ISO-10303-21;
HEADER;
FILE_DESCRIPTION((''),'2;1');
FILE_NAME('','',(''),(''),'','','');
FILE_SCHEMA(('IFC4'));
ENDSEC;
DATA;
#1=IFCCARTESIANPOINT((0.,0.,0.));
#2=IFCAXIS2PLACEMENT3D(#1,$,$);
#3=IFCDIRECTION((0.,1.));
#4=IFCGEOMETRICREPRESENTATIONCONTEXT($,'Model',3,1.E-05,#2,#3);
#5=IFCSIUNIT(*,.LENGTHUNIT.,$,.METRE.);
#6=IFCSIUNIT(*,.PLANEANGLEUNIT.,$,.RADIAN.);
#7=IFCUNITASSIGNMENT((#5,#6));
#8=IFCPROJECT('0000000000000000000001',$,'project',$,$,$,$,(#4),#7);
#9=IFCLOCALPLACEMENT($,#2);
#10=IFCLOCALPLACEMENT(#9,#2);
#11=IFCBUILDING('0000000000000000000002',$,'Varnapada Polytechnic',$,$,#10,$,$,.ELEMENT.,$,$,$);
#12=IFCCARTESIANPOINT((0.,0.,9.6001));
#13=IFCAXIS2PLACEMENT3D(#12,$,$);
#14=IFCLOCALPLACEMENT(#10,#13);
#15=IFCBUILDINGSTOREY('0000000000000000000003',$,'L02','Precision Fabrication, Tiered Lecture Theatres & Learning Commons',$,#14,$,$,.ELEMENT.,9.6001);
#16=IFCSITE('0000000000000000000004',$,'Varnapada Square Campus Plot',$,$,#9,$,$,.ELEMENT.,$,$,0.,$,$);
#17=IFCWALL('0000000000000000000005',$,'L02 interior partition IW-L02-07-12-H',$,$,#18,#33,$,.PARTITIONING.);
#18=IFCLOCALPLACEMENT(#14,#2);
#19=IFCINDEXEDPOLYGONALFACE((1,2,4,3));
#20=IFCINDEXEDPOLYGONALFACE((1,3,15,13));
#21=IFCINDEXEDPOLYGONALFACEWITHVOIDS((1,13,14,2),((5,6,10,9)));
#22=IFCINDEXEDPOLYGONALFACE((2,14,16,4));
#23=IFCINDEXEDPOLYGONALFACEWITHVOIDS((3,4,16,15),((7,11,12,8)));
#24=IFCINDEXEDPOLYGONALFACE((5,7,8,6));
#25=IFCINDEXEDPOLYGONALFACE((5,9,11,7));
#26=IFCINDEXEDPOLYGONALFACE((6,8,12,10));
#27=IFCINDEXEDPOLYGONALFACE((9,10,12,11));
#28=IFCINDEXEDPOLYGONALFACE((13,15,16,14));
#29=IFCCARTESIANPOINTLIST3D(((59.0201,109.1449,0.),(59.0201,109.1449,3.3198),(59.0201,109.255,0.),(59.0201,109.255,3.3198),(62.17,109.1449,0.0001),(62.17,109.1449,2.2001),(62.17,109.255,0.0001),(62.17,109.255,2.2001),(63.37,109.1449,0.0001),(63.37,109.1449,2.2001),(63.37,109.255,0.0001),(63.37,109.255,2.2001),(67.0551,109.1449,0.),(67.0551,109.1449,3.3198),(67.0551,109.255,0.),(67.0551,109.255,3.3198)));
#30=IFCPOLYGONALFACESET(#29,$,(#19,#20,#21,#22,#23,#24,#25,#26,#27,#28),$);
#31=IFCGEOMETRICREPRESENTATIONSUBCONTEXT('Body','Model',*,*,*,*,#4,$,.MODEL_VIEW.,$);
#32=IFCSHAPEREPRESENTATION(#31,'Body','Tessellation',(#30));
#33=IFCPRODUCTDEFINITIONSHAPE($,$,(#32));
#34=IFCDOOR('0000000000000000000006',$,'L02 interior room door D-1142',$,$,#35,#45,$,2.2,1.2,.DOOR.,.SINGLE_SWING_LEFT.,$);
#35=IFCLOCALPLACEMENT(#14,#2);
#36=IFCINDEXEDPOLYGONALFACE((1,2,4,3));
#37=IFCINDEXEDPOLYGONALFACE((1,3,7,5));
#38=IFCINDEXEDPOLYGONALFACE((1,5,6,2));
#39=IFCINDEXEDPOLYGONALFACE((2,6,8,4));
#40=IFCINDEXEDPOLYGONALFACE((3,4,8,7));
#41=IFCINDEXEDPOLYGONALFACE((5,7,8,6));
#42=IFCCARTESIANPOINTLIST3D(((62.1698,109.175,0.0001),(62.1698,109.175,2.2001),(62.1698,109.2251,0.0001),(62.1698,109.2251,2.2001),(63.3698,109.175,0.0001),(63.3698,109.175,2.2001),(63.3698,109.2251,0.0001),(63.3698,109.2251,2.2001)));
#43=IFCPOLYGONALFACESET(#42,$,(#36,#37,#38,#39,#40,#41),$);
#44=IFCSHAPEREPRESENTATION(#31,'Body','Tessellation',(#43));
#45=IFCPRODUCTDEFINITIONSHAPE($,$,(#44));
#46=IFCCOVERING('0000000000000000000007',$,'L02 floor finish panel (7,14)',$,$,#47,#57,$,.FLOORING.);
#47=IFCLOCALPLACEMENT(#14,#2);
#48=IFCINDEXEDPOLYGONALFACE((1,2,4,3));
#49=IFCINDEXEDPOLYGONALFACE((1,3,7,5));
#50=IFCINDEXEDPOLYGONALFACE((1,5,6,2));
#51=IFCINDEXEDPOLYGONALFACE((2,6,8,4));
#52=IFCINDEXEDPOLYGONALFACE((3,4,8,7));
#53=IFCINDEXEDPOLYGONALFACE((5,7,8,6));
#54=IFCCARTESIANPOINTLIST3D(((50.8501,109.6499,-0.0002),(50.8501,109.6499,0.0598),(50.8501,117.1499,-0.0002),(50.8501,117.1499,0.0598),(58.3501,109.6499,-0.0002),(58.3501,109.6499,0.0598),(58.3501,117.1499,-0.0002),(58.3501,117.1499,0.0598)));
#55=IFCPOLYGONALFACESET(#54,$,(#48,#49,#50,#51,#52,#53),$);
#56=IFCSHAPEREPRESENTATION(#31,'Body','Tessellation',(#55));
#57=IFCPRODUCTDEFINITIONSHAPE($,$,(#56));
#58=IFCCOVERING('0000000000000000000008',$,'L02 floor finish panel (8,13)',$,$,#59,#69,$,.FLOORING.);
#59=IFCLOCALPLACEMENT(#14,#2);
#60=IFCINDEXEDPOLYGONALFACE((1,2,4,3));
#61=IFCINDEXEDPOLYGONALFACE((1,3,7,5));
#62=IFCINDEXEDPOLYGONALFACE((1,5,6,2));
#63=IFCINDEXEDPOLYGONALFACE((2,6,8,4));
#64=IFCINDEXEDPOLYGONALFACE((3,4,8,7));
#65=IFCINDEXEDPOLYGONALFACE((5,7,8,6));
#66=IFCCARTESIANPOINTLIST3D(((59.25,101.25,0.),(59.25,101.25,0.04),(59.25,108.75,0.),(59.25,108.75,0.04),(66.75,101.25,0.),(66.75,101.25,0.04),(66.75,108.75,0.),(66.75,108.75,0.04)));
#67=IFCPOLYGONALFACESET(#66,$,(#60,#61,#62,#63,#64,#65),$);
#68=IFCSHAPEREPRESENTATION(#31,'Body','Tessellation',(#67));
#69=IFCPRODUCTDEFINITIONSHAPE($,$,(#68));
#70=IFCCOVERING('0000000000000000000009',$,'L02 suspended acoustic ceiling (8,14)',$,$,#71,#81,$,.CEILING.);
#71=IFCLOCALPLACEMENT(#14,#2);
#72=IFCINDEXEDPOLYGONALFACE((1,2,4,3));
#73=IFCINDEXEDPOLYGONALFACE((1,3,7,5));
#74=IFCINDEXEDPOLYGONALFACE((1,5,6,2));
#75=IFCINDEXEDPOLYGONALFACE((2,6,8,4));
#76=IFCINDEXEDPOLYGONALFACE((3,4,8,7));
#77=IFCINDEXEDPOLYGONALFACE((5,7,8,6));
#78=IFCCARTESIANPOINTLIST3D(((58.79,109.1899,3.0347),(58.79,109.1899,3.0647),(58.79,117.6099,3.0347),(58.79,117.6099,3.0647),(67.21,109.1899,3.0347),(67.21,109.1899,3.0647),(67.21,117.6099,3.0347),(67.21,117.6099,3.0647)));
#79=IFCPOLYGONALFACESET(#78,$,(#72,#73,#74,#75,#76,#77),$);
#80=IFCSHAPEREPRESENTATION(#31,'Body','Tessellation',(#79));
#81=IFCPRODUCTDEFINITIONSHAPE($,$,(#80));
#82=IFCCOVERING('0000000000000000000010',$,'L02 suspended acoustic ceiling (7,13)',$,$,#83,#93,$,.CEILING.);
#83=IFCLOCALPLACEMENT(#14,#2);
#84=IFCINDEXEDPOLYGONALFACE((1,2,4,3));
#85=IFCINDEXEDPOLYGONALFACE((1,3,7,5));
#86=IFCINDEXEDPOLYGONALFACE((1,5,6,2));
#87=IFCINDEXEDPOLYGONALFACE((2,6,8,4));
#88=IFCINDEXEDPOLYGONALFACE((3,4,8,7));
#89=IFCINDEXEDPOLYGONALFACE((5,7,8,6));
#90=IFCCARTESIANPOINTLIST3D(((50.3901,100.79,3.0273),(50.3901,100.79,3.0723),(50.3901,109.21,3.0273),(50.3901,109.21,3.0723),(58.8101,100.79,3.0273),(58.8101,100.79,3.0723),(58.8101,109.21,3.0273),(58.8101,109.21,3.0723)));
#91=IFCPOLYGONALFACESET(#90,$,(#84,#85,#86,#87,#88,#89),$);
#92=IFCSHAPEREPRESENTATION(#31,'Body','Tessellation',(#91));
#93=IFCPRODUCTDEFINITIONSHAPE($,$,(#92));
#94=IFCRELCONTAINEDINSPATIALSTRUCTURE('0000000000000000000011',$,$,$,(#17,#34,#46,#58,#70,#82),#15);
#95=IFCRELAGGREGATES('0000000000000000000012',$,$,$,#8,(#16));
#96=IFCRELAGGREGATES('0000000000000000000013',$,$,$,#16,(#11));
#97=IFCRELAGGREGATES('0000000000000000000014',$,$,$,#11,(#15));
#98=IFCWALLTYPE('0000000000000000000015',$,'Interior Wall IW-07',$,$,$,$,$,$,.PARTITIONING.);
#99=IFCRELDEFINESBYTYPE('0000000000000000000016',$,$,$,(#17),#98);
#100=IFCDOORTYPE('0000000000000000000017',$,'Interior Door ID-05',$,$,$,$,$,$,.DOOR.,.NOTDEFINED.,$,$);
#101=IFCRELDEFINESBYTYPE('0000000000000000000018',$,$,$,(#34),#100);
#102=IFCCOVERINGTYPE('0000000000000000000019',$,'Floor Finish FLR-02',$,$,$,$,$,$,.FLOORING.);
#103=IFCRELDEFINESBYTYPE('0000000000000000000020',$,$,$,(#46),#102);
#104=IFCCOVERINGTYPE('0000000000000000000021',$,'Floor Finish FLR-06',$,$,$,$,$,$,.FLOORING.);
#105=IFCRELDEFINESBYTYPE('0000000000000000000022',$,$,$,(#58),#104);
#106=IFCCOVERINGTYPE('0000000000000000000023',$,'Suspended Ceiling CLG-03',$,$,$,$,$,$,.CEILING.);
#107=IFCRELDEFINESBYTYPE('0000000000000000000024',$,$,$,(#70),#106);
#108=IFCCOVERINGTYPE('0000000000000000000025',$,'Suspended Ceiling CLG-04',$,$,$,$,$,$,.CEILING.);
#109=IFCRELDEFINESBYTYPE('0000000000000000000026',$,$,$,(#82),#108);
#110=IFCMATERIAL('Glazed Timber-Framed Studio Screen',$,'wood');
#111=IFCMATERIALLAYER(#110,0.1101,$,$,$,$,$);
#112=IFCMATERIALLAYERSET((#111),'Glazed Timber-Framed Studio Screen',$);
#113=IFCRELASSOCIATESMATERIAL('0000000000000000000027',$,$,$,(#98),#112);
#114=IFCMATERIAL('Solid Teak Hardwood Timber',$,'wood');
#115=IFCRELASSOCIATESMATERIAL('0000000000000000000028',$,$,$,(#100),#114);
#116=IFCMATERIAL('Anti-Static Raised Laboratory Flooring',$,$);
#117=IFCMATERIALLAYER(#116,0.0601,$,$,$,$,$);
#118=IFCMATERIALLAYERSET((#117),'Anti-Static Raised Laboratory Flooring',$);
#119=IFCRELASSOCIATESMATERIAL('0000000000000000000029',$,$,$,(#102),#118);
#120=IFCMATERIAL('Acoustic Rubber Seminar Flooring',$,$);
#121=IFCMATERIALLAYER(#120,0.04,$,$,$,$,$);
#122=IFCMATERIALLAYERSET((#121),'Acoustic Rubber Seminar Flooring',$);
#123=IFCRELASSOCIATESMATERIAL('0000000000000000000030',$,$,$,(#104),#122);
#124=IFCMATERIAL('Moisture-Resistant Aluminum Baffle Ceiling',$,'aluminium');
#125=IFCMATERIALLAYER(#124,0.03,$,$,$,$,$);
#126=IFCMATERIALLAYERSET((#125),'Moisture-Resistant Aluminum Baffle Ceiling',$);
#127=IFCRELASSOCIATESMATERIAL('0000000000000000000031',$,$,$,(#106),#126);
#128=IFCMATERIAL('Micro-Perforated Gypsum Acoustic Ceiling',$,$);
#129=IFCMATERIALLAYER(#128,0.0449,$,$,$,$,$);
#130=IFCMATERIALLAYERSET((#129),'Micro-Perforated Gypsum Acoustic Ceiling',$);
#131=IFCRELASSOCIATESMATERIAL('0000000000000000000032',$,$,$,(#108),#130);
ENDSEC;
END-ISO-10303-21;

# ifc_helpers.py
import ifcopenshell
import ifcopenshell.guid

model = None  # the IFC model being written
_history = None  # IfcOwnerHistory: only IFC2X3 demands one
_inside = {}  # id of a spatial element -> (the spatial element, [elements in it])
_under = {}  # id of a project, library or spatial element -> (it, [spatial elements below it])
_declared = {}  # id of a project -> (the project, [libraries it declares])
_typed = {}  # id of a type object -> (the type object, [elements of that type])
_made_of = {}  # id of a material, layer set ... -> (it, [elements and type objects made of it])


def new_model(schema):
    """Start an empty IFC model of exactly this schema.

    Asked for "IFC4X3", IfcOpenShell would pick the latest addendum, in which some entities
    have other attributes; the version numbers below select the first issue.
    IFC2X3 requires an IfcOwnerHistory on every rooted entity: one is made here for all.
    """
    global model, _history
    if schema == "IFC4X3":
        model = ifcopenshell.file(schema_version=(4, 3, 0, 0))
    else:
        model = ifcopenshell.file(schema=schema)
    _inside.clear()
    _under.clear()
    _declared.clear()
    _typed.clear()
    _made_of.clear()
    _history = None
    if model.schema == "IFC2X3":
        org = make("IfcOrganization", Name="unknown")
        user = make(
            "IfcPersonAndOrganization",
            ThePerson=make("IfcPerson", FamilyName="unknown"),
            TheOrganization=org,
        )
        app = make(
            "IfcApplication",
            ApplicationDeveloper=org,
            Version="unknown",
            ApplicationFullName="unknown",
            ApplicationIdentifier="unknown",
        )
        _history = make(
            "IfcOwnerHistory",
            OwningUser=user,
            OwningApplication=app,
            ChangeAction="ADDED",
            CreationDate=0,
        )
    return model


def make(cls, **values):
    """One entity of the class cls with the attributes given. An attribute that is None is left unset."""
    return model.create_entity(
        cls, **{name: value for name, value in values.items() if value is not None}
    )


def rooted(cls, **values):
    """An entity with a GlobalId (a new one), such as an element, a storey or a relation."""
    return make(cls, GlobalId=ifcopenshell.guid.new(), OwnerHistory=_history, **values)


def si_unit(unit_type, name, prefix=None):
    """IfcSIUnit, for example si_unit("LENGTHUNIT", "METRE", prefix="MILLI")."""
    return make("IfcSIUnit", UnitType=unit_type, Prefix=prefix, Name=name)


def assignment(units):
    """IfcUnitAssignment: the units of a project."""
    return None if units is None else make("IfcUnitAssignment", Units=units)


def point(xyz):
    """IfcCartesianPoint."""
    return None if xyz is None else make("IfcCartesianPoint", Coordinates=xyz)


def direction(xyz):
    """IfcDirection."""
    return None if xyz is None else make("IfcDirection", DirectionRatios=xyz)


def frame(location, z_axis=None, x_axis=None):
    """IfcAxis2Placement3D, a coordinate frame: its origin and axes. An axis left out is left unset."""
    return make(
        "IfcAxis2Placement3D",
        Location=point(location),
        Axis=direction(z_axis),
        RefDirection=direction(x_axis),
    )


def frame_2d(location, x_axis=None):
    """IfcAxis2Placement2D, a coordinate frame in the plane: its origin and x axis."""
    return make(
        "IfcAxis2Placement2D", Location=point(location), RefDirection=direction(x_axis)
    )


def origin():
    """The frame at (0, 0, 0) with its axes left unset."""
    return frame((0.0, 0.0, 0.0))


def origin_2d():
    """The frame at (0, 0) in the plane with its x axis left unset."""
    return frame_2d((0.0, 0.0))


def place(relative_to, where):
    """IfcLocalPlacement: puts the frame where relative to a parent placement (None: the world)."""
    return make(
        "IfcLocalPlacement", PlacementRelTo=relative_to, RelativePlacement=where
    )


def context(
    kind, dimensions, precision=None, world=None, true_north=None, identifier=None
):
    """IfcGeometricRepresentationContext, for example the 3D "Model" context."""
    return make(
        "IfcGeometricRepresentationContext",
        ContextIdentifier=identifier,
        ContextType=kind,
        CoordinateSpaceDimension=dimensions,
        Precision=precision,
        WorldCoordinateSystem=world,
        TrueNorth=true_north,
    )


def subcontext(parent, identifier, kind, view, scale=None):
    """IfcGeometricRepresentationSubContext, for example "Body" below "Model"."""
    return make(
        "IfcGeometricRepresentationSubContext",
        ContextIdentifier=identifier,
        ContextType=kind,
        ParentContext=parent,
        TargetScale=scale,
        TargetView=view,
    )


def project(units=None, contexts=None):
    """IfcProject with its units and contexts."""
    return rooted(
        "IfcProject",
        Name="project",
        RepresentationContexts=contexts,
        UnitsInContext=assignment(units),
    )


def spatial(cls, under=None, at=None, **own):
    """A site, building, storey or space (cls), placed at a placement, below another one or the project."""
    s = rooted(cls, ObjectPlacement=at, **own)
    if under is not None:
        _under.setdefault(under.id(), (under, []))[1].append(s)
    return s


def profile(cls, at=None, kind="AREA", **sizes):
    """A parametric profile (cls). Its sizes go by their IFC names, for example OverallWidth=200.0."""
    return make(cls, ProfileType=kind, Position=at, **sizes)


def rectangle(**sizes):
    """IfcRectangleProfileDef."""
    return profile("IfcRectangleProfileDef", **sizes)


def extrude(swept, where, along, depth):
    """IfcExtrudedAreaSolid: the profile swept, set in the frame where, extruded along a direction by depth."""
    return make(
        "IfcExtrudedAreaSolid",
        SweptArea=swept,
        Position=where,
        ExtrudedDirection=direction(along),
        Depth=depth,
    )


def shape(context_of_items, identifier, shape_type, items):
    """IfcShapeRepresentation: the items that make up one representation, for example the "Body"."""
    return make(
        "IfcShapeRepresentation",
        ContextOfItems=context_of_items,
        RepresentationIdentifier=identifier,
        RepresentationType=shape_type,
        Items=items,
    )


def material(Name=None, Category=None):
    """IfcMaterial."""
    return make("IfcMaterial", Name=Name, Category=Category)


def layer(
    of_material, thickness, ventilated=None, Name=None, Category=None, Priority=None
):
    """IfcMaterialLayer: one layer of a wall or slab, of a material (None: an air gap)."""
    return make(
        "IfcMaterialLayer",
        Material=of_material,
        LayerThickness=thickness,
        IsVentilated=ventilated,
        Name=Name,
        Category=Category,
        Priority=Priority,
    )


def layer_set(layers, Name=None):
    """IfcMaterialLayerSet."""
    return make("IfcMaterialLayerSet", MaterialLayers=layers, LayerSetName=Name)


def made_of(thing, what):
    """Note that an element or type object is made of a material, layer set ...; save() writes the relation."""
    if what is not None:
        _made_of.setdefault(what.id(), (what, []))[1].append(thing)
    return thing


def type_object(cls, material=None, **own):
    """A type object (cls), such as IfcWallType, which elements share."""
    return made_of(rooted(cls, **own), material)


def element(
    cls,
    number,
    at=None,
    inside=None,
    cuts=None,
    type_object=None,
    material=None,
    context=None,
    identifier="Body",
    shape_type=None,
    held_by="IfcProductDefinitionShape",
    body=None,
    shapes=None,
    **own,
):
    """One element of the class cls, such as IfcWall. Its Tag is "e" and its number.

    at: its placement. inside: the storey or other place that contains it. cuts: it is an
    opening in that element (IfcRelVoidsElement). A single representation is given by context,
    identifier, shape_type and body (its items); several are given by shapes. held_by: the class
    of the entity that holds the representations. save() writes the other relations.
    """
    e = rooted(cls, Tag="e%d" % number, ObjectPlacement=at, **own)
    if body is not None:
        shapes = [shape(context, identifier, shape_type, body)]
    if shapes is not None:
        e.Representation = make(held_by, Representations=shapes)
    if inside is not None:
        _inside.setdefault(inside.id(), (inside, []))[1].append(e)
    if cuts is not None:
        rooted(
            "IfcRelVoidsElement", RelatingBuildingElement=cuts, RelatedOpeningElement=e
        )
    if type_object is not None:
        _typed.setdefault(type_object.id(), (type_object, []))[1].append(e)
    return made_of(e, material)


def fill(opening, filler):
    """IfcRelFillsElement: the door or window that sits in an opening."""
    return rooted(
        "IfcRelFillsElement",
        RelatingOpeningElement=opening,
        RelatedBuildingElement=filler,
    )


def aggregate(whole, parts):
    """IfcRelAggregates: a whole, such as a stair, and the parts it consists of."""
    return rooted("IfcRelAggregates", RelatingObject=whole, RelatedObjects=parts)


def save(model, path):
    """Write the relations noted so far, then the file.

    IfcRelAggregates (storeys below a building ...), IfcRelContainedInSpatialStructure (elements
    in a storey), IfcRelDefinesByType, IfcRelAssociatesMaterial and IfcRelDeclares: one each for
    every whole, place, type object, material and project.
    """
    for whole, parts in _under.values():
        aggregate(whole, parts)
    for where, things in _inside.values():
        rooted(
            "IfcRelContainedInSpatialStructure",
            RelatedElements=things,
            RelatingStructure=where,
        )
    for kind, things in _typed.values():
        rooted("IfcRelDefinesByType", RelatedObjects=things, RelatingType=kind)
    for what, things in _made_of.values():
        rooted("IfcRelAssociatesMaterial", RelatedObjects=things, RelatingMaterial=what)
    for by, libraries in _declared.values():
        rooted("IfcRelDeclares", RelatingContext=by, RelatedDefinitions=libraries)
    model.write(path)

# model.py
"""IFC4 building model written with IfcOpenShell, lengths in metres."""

from ifc_helpers import new_model, si_unit, direction, frame, frame_2d, origin, origin_2d, place, context, subcontext, project, spatial, rectangle, extrude, material, layer, layer_set, type_object, element, fill, save


model = new_model("IFC4")

# Units and contexts
model_context = context("Model", 3, precision=1e-05, world=origin(), true_north=direction((0.0, 1.0)))
body_context = subcontext(model_context, "Body", "Model", "MODEL_VIEW")
ifc_project = project(units=[si_unit("LENGTHUNIT", "METRE"), si_unit("PLANEANGLEUNIT", "RADIAN")], contexts=[model_context])

# Site, building, storey
site_placement = place(None, origin())
site = spatial("IfcSite", under=ifc_project, at=site_placement, Name="Varnapada Square Campus Plot", CompositionType="ELEMENT", RefElevation=0.0)
building_placement = place(site_placement, origin())
building = spatial("IfcBuilding", under=site, at=building_placement, Name="Varnapada Polytechnic", CompositionType="ELEMENT")
storey_placement = place(building_placement, frame((0.0, 0.0, 9.6001)))
storey = spatial("IfcBuildingStorey", under=building, at=storey_placement, Name="L02", Description="Precision Fabrication, Tiered Lecture Theatres & Learning Commons", CompositionType="ELEMENT", Elevation=9.6001)

# Shared definitions
ifc_material_1 = material(Name="Solid Teak Hardwood Timber", Category="wood")

# Wall, opening, door
ifc_material_2 = material(Name="Glazed Timber-Framed Studio Screen", Category="wood")
ifc_layer_1 = layer(ifc_material_2, 0.1101)
ifc_layer_set_1 = layer_set([ifc_layer_1], Name="Glazed Timber-Framed Studio Screen")
wall_type_1 = type_object("IfcWallType", Name="Interior Wall IW-07", PredefinedType="PARTITIONING", material=ifc_layer_set_1)
wall_1_placement = place(storey_placement, frame((59.02, 109.2, 0.0), z_axis=(0.0, 0.0, 1.0), x_axis=(1.0, 0.0, 0.0)))
wall_1 = element("IfcWall", 1, at=wall_1_placement, inside=storey, type_object=wall_type_1, Name="L02 interior partition IW-L02-07-12-H", PredefinedType="PARTITIONING", context=body_context, shape_type="SweptSolid", body=[
    extrude(rectangle(XDim=8.0349, YDim=0.1101, at=frame_2d((4.0176, 0.0))), origin(), (0.0, 0.0, 1.0), 3.3198),
])
opening_1_placement = place(wall_1_placement, frame((3.1499, 0.0, 0.0)))
opening_1 = element("IfcOpeningElement", 2, at=opening_1_placement, cuts=wall_1, PredefinedType="OPENING", context=body_context, shape_type="SweptSolid", body=[
    extrude(rectangle(XDim=1.2, YDim=2.2, at=frame_2d((0.6001, 1.1001))), frame((0.0, 0.0649, 0.0), z_axis=(0.0, -1.0, 0.0), x_axis=(1.0, 0.0, 0.0)), (0.0, 0.0, 1.0), 0.1301),
])
door_type_1 = type_object("IfcDoorType", Name="Interior Door ID-05", OperationType="NOTDEFINED", PredefinedType="DOOR", material=ifc_material_1)
door_1_placement = place(opening_1_placement, frame((1.2, 0.0, 0.0), z_axis=(0.0, 0.0, 1.0), x_axis=(-1.0, 0.0, 0.0)))
door_1 = element("IfcDoor", 3, at=door_1_placement, inside=storey, type_object=door_type_1, Name="L02 interior room door D-1142", OperationType="SINGLE_SWING_LEFT", OverallHeight=2.2, OverallWidth=1.2, PredefinedType="DOOR", context=body_context, shape_type="SweptSolid", body=[
    extrude(rectangle(XDim=1.2, YDim=2.2, at=frame_2d((0.6001, 1.1001))), frame((0.0, 0.0249, 0.0), z_axis=(0.0, -1.0, 0.0), x_axis=(1.0, 0.0, 0.0)), (0.0, 0.0, 1.0), 0.05),
])
fill(opening_1, door_1)

# Coverings
ifc_material_3 = material(Name="Anti-Static Raised Laboratory Flooring")
ifc_layer_2 = layer(ifc_material_3, 0.0601)
ifc_layer_set_2 = layer_set([ifc_layer_2], Name="Anti-Static Raised Laboratory Flooring")
covering_type_1 = type_object("IfcCoveringType", Name="Floor Finish FLR-02", PredefinedType="FLOORING", material=ifc_layer_set_2)
covering_1_placement = place(storey_placement, frame((54.6001, 113.3999, -0.0002), z_axis=(0.0, 0.0, 1.0), x_axis=(1.0, 0.0, 0.0)))
element("IfcCovering", 4, at=covering_1_placement, inside=storey, type_object=covering_type_1, Name="L02 floor finish panel (7,14)", PredefinedType="FLOORING", context=body_context, shape_type="SweptSolid", body=[
    extrude(rectangle(XDim=7.5, YDim=7.5, at=origin_2d()), origin(), (0.0, 0.0, 1.0), 0.0601),
])
ifc_material_4 = material(Name="Acoustic Rubber Seminar Flooring")
ifc_layer_3 = layer(ifc_material_4, 0.04)
ifc_layer_set_3 = layer_set([ifc_layer_3], Name="Acoustic Rubber Seminar Flooring")
covering_type_2 = type_object("IfcCoveringType", Name="Floor Finish FLR-06", PredefinedType="FLOORING", material=ifc_layer_set_3)
covering_2_placement = place(storey_placement, frame((63.0, 105.0, 0.0), z_axis=(0.0, 0.0, 1.0), x_axis=(1.0, 0.0, 0.0)))
element("IfcCovering", 5, at=covering_2_placement, inside=storey, type_object=covering_type_2, Name="L02 floor finish panel (8,13)", PredefinedType="FLOORING", context=body_context, shape_type="SweptSolid", body=[
    extrude(rectangle(XDim=7.5, YDim=7.5, at=origin_2d()), origin(), (0.0, 0.0, 1.0), 0.04),
])
ifc_material_5 = material(Name="Moisture-Resistant Aluminum Baffle Ceiling", Category="aluminium")
ifc_layer_4 = layer(ifc_material_5, 0.03)
ifc_layer_set_4 = layer_set([ifc_layer_4], Name="Moisture-Resistant Aluminum Baffle Ceiling")
covering_type_3 = type_object("IfcCoveringType", Name="Suspended Ceiling CLG-03", PredefinedType="CEILING", material=ifc_layer_set_4)
covering_3_placement = place(storey_placement, frame((63.0, 113.3999, 3.0347), z_axis=(0.0, 0.0, 1.0), x_axis=(1.0, 0.0, 0.0)))
element("IfcCovering", 6, at=covering_3_placement, inside=storey, type_object=covering_type_3, Name="L02 suspended acoustic ceiling (8,14)", PredefinedType="CEILING", context=body_context, shape_type="SweptSolid", body=[
    extrude(rectangle(XDim=8.4199, YDim=8.4199, at=origin_2d()), origin(), (0.0, 0.0, 1.0), 0.03),
])
ifc_material_6 = material(Name="Micro-Perforated Gypsum Acoustic Ceiling")
ifc_layer_5 = layer(ifc_material_6, 0.0449)
ifc_layer_set_5 = layer_set([ifc_layer_5], Name="Micro-Perforated Gypsum Acoustic Ceiling")
covering_type_4 = type_object("IfcCoveringType", Name="Suspended Ceiling CLG-04", PredefinedType="CEILING", material=ifc_layer_set_5)
covering_4_placement = place(storey_placement, frame((54.6001, 105.0, 3.0273), z_axis=(0.0, 0.0, 1.0), x_axis=(1.0, 0.0, 0.0)))
element("IfcCovering", 7, at=covering_4_placement, inside=storey, type_object=covering_type_4, Name="L02 suspended acoustic ceiling (7,13)", PredefinedType="CEILING", context=body_context, shape_type="SweptSolid", body=[
    extrude(rectangle(XDim=8.4199, YDim=8.4199, at=origin_2d()), origin(), (0.0, 0.0, 1.0), 0.0449),
])

save(model, "model.ifc")
